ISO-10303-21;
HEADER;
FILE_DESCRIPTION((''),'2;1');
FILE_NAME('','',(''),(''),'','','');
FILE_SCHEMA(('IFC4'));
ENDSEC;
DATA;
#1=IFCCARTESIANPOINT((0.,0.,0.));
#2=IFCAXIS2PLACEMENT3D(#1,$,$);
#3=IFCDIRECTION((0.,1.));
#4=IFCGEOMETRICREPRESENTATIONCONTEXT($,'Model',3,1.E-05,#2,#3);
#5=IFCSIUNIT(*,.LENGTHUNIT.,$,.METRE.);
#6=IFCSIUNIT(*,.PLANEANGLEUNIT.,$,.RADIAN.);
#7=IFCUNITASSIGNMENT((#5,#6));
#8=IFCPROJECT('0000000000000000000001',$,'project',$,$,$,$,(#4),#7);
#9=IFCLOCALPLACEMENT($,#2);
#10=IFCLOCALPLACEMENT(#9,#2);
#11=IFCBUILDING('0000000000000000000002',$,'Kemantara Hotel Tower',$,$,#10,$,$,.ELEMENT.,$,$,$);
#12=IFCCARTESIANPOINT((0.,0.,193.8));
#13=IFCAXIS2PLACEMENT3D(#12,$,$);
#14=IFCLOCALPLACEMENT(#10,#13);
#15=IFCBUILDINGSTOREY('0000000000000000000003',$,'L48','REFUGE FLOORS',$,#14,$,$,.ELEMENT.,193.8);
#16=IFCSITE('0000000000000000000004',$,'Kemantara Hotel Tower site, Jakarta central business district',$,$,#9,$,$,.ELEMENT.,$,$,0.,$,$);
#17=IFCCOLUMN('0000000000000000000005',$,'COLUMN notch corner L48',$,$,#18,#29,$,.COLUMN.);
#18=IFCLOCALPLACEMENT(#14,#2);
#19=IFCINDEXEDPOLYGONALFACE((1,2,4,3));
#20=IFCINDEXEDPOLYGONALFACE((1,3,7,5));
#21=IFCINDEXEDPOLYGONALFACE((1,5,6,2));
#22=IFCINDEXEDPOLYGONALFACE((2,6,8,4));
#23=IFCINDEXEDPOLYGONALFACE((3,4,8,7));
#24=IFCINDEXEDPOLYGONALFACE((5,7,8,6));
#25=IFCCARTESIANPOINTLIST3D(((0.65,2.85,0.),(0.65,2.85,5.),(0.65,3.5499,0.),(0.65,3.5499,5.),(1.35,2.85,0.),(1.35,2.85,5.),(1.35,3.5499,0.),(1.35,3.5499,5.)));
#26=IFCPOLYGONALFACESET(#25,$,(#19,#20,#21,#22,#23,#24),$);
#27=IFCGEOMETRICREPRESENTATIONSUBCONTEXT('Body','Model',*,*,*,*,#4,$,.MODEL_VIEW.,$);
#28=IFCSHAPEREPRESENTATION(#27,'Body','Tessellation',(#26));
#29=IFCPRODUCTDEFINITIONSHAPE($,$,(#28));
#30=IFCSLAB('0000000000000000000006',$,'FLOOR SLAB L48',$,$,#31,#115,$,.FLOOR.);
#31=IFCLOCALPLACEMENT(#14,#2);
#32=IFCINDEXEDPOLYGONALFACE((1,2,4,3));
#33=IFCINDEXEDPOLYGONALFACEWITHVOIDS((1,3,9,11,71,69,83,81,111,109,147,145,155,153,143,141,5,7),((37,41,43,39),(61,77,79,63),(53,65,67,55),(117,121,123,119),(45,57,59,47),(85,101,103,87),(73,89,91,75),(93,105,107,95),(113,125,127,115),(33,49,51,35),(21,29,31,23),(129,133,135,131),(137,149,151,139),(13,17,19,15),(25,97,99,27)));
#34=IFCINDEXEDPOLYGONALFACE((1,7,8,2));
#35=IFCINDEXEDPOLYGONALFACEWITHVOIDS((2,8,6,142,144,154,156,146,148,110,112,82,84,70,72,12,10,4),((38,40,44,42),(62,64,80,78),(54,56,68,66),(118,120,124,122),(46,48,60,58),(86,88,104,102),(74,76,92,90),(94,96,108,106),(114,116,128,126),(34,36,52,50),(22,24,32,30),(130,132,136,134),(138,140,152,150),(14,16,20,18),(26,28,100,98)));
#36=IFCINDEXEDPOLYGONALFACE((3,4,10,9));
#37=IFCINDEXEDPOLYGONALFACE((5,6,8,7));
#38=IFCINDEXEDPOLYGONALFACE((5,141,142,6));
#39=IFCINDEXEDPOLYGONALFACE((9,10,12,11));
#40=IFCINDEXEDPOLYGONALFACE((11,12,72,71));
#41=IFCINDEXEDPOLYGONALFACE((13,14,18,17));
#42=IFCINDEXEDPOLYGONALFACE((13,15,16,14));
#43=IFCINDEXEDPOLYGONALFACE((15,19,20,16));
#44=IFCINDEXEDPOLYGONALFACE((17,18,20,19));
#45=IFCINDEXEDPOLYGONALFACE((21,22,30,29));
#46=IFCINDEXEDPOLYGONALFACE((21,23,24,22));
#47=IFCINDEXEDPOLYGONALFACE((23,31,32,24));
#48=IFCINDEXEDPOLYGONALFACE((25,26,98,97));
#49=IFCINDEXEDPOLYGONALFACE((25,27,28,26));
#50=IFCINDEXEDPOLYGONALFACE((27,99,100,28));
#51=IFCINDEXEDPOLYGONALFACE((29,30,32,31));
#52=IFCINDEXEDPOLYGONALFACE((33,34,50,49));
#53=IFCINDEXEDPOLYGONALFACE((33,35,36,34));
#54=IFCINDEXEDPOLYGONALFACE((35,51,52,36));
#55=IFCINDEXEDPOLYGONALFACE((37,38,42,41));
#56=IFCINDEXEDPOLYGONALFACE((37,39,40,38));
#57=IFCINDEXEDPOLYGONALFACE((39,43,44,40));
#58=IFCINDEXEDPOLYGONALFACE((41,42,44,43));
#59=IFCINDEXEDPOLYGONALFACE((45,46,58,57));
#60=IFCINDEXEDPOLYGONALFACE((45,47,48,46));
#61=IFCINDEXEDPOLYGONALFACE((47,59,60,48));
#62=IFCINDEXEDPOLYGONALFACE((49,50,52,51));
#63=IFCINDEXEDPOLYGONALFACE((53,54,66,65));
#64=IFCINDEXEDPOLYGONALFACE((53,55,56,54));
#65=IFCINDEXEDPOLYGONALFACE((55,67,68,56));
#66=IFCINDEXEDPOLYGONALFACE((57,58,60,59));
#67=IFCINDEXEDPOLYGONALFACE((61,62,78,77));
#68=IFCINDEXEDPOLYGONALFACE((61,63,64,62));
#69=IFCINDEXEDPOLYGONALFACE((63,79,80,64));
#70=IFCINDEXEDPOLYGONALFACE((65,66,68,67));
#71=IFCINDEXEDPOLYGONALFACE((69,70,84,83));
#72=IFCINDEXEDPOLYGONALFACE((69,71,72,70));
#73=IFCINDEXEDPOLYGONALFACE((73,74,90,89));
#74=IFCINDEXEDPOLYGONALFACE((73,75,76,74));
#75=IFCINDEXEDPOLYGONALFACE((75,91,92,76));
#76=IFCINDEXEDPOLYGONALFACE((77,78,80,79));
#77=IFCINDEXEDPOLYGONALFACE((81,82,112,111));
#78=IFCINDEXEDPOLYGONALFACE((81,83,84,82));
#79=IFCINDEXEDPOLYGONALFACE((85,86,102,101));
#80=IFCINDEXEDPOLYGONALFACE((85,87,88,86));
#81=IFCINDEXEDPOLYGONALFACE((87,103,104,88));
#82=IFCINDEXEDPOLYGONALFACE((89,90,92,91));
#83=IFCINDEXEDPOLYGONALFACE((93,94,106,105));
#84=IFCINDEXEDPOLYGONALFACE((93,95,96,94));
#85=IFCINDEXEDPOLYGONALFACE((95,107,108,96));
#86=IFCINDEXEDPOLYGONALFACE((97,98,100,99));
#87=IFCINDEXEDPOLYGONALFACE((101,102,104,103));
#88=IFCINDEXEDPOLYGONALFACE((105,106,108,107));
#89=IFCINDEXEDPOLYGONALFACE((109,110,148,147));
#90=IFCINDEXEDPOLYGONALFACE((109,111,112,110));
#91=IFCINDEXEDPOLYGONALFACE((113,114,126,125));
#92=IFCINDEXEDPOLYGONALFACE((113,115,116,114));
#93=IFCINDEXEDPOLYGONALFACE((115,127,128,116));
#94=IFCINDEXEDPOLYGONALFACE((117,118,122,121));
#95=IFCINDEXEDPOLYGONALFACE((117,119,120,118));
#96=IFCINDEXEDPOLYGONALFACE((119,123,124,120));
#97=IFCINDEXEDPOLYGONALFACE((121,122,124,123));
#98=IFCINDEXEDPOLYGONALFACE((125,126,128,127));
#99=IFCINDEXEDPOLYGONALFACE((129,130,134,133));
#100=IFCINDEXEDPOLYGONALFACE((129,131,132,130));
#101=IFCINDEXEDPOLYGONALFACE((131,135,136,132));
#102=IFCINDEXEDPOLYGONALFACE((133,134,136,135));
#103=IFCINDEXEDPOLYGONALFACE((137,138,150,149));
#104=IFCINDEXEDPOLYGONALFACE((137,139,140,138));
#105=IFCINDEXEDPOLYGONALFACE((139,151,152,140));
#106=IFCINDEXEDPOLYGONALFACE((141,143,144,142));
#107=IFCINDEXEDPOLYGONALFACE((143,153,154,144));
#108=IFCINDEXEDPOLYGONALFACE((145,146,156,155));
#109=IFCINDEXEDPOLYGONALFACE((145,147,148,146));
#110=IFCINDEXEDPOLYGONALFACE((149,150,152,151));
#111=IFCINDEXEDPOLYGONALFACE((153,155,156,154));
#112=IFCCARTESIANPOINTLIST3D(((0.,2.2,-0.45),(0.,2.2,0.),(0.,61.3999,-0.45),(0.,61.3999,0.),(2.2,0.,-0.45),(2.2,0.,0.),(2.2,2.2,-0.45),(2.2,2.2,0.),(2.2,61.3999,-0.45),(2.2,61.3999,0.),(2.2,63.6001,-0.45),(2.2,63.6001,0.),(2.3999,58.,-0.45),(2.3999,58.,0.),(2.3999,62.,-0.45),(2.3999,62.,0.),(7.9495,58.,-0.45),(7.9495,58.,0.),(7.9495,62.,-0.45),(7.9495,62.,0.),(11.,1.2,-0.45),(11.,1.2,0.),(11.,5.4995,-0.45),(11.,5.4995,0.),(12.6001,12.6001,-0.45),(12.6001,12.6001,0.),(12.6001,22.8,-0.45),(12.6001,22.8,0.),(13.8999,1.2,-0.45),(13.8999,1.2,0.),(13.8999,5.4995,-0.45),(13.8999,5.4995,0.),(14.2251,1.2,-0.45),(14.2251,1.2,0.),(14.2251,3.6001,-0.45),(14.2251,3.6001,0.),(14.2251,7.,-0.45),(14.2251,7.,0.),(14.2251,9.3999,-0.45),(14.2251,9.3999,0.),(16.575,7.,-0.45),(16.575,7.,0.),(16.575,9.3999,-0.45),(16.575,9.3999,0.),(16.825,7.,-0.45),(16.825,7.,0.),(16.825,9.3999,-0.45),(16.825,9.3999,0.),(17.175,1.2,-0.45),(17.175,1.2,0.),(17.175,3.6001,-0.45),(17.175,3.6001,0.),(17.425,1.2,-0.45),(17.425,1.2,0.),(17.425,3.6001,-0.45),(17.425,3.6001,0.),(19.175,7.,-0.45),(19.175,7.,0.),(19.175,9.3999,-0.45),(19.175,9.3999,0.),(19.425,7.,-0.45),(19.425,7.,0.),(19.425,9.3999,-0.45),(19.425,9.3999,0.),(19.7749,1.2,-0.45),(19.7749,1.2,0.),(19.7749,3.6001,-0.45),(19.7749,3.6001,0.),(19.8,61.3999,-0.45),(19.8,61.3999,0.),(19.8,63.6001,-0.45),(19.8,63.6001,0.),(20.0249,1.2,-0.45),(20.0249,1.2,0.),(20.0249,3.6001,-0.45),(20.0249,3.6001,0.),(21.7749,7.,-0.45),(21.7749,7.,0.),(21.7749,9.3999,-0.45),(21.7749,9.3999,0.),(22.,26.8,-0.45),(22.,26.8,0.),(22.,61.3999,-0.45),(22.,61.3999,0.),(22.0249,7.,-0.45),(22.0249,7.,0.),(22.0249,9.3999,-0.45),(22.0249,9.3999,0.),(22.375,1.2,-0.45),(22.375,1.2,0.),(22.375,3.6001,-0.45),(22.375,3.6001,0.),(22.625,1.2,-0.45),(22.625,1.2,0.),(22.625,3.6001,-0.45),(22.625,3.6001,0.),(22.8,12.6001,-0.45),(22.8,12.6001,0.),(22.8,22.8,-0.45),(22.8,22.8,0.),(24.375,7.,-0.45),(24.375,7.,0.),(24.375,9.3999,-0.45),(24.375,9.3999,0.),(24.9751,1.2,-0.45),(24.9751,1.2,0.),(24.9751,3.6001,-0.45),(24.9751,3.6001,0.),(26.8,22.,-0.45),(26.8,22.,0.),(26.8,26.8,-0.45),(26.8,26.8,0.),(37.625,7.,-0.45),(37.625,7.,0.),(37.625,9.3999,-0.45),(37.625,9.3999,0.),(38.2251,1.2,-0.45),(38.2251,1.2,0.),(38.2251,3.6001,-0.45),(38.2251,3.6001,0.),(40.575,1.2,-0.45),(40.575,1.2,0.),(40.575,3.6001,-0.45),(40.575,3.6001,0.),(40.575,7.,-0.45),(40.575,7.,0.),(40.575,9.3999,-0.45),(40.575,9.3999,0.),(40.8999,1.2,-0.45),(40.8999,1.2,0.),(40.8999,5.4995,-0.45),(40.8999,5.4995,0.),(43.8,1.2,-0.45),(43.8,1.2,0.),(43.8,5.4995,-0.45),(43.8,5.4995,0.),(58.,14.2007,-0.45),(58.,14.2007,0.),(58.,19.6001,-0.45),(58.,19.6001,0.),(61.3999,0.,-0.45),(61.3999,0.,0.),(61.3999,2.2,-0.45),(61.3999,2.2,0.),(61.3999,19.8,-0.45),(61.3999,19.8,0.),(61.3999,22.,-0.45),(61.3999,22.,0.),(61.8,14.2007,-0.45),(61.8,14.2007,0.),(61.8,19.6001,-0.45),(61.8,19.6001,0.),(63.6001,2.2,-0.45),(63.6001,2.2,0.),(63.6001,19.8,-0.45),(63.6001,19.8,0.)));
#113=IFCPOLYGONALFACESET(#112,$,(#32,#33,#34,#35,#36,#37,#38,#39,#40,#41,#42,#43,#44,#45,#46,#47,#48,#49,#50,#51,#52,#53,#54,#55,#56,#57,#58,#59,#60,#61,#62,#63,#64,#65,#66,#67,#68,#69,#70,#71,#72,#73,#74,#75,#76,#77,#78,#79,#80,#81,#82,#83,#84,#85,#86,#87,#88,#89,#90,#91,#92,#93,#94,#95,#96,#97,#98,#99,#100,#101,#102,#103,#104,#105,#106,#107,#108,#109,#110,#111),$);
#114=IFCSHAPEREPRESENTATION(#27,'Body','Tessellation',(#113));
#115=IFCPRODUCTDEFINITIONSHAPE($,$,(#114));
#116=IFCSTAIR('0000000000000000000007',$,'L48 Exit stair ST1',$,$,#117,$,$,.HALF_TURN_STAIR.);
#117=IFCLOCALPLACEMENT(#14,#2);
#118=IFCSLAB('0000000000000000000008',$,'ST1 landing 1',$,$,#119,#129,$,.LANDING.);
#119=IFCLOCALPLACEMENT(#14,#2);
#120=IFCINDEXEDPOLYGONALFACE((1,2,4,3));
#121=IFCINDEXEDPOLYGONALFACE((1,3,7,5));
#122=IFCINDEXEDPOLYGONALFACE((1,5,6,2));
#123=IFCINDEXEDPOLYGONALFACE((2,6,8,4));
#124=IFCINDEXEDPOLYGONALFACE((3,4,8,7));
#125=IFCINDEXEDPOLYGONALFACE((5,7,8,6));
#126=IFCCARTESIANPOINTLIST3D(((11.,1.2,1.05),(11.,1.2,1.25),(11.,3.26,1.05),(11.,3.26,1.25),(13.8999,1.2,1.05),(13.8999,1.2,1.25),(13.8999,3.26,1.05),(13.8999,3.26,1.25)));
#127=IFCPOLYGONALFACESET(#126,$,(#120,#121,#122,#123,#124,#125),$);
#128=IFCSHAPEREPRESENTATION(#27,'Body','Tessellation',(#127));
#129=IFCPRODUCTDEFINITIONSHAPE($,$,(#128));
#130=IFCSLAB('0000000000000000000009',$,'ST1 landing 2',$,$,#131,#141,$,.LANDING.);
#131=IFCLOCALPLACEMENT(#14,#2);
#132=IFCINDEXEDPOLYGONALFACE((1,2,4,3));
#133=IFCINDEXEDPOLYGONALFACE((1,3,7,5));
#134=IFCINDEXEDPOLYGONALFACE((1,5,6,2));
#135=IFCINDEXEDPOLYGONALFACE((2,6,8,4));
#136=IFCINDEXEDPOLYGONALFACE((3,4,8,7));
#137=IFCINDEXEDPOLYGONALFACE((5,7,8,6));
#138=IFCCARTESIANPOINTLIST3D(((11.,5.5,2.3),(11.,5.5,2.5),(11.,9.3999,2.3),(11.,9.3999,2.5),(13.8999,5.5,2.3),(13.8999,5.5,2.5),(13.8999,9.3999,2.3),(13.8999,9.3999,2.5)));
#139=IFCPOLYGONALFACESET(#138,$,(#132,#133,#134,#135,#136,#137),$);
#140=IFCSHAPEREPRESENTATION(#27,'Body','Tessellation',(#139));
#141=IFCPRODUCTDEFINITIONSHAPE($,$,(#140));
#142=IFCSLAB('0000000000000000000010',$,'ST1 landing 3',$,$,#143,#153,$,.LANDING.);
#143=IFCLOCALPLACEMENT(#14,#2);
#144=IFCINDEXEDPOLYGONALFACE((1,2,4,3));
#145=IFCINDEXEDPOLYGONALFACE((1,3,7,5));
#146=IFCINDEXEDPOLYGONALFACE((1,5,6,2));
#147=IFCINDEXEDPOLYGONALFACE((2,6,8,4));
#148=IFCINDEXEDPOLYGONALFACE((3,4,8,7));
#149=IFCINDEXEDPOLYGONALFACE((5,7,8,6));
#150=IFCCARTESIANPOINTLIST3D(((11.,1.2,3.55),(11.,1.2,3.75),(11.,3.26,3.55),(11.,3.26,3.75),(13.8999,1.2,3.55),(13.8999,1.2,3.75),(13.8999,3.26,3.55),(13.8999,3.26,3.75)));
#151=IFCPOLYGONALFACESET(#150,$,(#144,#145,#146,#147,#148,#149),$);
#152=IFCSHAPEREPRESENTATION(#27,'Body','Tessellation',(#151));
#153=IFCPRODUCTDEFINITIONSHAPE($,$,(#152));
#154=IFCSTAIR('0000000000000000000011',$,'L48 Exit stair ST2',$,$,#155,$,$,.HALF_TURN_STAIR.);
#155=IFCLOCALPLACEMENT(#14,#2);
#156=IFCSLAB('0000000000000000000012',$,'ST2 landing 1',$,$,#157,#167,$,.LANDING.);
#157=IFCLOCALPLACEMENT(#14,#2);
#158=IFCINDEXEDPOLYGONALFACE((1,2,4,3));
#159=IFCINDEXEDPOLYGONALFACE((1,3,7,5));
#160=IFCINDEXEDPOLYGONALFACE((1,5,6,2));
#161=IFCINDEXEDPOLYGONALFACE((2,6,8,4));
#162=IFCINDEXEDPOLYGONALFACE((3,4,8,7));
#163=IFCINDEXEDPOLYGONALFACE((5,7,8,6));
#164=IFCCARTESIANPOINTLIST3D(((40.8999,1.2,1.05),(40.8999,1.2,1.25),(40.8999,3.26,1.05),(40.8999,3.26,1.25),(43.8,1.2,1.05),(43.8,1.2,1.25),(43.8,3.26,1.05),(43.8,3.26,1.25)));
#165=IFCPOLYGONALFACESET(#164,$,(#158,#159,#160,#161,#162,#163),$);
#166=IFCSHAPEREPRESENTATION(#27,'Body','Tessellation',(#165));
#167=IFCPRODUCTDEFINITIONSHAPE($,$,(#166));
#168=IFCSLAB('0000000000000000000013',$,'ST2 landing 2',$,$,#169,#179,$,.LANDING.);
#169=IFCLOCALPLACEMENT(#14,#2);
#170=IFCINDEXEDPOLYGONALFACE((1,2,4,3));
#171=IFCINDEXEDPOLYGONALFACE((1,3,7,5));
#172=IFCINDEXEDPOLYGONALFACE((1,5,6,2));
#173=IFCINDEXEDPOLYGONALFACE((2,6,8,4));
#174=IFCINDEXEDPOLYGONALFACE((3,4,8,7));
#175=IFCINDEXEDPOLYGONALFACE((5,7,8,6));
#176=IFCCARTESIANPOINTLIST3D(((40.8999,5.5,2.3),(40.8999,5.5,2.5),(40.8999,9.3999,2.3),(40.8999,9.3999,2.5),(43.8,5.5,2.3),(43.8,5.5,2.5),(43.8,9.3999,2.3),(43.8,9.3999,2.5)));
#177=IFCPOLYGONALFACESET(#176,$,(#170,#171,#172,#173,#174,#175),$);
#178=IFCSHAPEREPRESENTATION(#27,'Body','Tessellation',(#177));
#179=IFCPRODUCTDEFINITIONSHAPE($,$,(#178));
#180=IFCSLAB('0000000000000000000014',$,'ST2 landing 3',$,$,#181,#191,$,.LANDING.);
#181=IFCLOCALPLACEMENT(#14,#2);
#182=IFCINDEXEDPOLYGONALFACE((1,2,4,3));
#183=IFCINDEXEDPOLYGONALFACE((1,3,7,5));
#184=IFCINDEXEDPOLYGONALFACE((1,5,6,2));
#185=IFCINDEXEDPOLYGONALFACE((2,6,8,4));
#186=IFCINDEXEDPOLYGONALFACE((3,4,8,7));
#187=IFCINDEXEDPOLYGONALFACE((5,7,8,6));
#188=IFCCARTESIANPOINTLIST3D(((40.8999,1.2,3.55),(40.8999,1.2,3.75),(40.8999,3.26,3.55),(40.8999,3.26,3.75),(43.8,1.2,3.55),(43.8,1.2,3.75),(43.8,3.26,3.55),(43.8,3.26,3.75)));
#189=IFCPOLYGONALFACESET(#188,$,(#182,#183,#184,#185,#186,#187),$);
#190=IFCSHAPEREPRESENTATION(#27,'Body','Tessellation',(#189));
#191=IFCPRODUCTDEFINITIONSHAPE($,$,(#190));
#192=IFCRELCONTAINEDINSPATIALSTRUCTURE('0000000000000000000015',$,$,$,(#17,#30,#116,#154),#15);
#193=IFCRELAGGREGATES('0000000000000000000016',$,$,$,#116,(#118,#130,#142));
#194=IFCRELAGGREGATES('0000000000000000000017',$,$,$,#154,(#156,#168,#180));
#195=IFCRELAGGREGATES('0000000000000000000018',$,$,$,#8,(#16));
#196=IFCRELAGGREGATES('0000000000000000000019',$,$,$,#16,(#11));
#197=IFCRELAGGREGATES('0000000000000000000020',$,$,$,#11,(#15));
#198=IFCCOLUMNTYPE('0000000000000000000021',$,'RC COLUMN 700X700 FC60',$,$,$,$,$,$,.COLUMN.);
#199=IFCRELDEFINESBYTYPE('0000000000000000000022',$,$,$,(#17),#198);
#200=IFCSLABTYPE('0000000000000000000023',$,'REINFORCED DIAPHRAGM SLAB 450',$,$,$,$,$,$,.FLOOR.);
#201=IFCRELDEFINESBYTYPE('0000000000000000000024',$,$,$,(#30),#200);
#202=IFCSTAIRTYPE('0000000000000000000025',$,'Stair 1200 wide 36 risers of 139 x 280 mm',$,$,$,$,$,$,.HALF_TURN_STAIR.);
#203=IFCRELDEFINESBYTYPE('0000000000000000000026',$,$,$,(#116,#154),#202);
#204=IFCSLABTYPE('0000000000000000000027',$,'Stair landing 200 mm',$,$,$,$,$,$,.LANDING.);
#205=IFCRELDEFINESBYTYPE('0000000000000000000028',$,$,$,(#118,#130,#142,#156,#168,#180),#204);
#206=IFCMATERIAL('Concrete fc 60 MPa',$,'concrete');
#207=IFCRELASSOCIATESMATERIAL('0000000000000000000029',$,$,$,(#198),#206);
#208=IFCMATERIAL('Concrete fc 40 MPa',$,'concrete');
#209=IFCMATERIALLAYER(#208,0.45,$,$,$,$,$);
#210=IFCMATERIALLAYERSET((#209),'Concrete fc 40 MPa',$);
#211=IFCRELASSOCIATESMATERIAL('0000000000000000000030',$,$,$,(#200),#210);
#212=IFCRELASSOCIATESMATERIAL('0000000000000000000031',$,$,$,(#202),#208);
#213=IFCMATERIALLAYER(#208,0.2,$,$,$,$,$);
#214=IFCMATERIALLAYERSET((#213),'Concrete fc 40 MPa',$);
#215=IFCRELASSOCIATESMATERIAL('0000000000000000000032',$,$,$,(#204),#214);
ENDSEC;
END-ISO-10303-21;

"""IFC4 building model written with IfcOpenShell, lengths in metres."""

from ifc_helpers import new_model, si_unit, direction, frame, origin, origin_2d, place, context, subcontext, project, spatial, polyline, rectangle, outline, extrude, material, layer, layer_set, material_profile, profile_set, type_object, element, aggregate, save


model = new_model("IFC4")

# Units and contexts
model_context = context("Model", 3, precision=1e-05, world=origin(), true_north=direction((0.0, 1.0)))
body_context = subcontext(model_context, "Body", "Model", "MODEL_VIEW")
ifc_project = project(units=[si_unit("LENGTHUNIT", "METRE"), si_unit("PLANEANGLEUNIT", "RADIAN")], contexts=[model_context])

# Site, building, storey
site_placement = place(None, origin())
site = spatial("IfcSite", under=ifc_project, at=site_placement, Name="Kemantara Hotel Tower site, Jakarta central business district", CompositionType="ELEMENT", RefElevation=0.0)
building_placement = place(site_placement, origin())
building = spatial("IfcBuilding", under=site, at=building_placement, Name="Kemantara Hotel Tower", CompositionType="ELEMENT")
storey_placement = place(building_placement, frame((0.0, 0.0, 193.8)))
storey = spatial("IfcBuildingStorey", under=building, at=storey_placement, Name="L48", Description="REFUGE FLOORS", CompositionType="ELEMENT", Elevation=193.8)

# Column
ifc_material_1 = material(Name="Concrete fc 60 MPa", Category="concrete")
ifc_material_profile = material_profile(ifc_material_1, rectangle(XDim=0.7, YDim=0.7, at=origin_2d()), Name="RC 700X700")
ifc_profile_set = profile_set([ifc_material_profile], Name="Concrete fc 60 MPa")
column_type = type_object("IfcColumnType", Name="RC COLUMN 700X700 FC60", PredefinedType="COLUMN", material=ifc_profile_set)
column_placement = place(storey_placement, frame((1.0, 3.2, 0.0), z_axis=(0.0, 0.0, 1.0), x_axis=(1.0, 0.0, 0.0)))
element("IfcColumn", 1, at=column_placement, inside=storey, type_object=column_type, Name="COLUMN notch corner L48", PredefinedType="COLUMN", context=body_context, shape_type="SweptSolid", body=[
    extrude(rectangle(XDim=0.7, YDim=0.7, at=origin_2d()), origin(), (0.0, 0.0, 1.0), 5.0),
])

# Slab
ifc_material_2 = material(Name="Concrete fc 40 MPa", Category="concrete")
ifc_layer_1 = layer(ifc_material_2, 0.45)
ifc_layer_set_1 = layer_set([ifc_layer_1], Name="Concrete fc 40 MPa")
slab_type_1 = type_object("IfcSlabType", Name="REINFORCED DIAPHRAGM SLAB 450", PredefinedType="FLOOR", material=ifc_layer_set_1)
slab_1_placement = place(storey_placement, frame((0.0, 0.0, -0.45)))
element("IfcSlab", 2, at=slab_1_placement, inside=storey, type_object=slab_type_1, Name="FLOOR SLAB L48", PredefinedType="FLOOR", context=body_context, shape_type="SweptSolid", body=[
    extrude(outline(polyline([(22.0, 26.8), (22.0, 61.3999), (19.8, 61.3999), (19.8, 63.6001), (2.2, 63.6001), (2.2, 61.3999), (0.0, 61.3999), (0.0, 2.2), (2.2, 2.2), (2.2, 0.0), (61.3999, 0.0), (61.3999, 2.2), (63.6001, 2.2), (63.6001, 19.8), (61.3999, 19.8), (61.3999, 22.0), (26.8, 22.0), (26.8, 26.8), (22.0, 26.8)]), holes=[polyline([(17.175, 3.6001), (17.175, 1.2), (14.2251, 1.2), (14.2251, 3.6001), (17.175, 3.6001)]), polyline([(19.7749, 1.2), (17.425, 1.2), (17.425, 3.6001), (19.7749, 3.6001), (19.7749, 1.2)]), polyline([(11.0, 1.2), (11.0, 5.4995), (13.8999, 5.4995), (13.8999, 1.2), (11.0, 1.2)]), polyline([(16.575, 7.0), (14.2251, 7.0), (14.2251, 9.3999), (16.575, 9.3999), (16.575, 7.0)]), polyline([(19.175, 7.0), (16.825, 7.0), (16.825, 9.3999), (19.175, 9.3999), (19.175, 7.0)]), polyline([(21.7749, 7.0), (19.425, 7.0), (19.425, 9.3999), (21.7749, 9.3999), (21.7749, 7.0)]), polyline([(22.8, 12.6001), (12.6001, 12.6001), (12.6001, 22.8), (22.8, 22.8), (22.8, 12.6001)]), polyline([(2.3999, 62.0), (7.9495, 62.0), (7.9495, 58.0), (2.3999, 58.0), (2.3999, 62.0)]), polyline([(22.375, 1.2), (20.0249, 1.2), (20.0249, 3.6001), (22.375, 3.6001), (22.375, 1.2)]), polyline([(24.9751, 1.2), (22.625, 1.2), (22.625, 3.6001), (24.9751, 3.6001), (24.9751, 1.2)]), polyline([(40.575, 1.2), (38.2251, 1.2), (38.2251, 3.6001), (40.575, 3.6001), (40.575, 1.2)]), polyline([(40.8999, 1.2), (40.8999, 5.4995), (43.8, 5.4995), (43.8, 1.2), (40.8999, 1.2)]), polyline([(24.375, 7.0), (22.0249, 7.0), (22.0249, 9.3999), (24.375, 9.3999), (24.375, 7.0)]), polyline([(40.575, 7.0), (37.625, 7.0), (37.625, 9.3999), (40.575, 9.3999), (40.575, 7.0)]), polyline([(61.8, 19.6001), (61.8, 14.2007), (58.0, 14.2007), (58.0, 19.6001), (61.8, 19.6001)])]), origin(), (0.0, 0.0, 1.0), 0.45),
])

# Stairs, slabs
stair_type_1 = type_object("IfcStairType", Name="Stair 1200 wide 36 risers of 139 x 280 mm", PredefinedType="HALF_TURN_STAIR", material=ifc_material_2)
stair_1_placement = place(storey_placement, origin())
stair_1 = element("IfcStair", 3, at=stair_1_placement, inside=storey, type_object=stair_type_1, Name="L48 Exit stair ST1", PredefinedType="HALF_TURN_STAIR")
ifc_layer_2 = layer(ifc_material_2, 0.2)
ifc_layer_set_2 = layer_set([ifc_layer_2], Name="Concrete fc 40 MPa")
slab_type_2 = type_object("IfcSlabType", Name="Stair landing 200 mm", PredefinedType="LANDING", material=ifc_layer_set_2)
slab_2_placement = place(storey_placement, frame((0.0, 0.0, 1.05)))
slab_2 = element("IfcSlab", 4, at=slab_2_placement, type_object=slab_type_2, Name="ST1 landing 1", PredefinedType="LANDING", context=body_context, shape_type="SweptSolid", body=[
    extrude(outline(polyline([(11.0, 3.26), (11.0, 1.2), (13.8999, 1.2), (13.8999, 3.26), (11.0, 3.26)])), origin(), (0.0, 0.0, 1.0), 0.2),
])
slab_3_placement = place(storey_placement, frame((0.0, 0.0, 2.3)))
slab_3 = element("IfcSlab", 5, at=slab_3_placement, type_object=slab_type_2, Name="ST1 landing 2", PredefinedType="LANDING", context=body_context, shape_type="SweptSolid", body=[
    extrude(outline(polyline([(11.0, 9.3999), (11.0, 5.5), (13.8999, 5.5), (13.8999, 9.3999), (11.0, 9.3999)])), origin(), (0.0, 0.0, 1.0), 0.2),
])
slab_4_placement = place(storey_placement, frame((0.0, 0.0, 3.55)))
slab_4 = element("IfcSlab", 6, at=slab_4_placement, type_object=slab_type_2, Name="ST1 landing 3", PredefinedType="LANDING", context=body_context, shape_type="SweptSolid", body=[
    extrude(outline(polyline([(11.0, 3.26), (11.0, 1.2), (13.8999, 1.2), (13.8999, 3.26), (11.0, 3.26)])), origin(), (0.0, 0.0, 1.0), 0.2),
])
aggregate(stair_1, [slab_2, slab_3, slab_4])
stair_2_placement = place(storey_placement, origin())
stair_2 = element("IfcStair", 7, at=stair_2_placement, inside=storey, type_object=stair_type_1, Name="L48 Exit stair ST2", PredefinedType="HALF_TURN_STAIR")
slab_5_placement = place(storey_placement, frame((0.0, 0.0, 1.05)))
slab_5 = element("IfcSlab", 8, at=slab_5_placement, type_object=slab_type_2, Name="ST2 landing 1", PredefinedType="LANDING", context=body_context, shape_type="SweptSolid", body=[
    extrude(outline(polyline([(40.8999, 3.26), (40.8999, 1.2), (43.8, 1.2), (43.8, 3.26), (40.8999, 3.26)])), origin(), (0.0, 0.0, 1.0), 0.2),
])
slab_6_placement = place(storey_placement, frame((0.0, 0.0, 2.3)))
slab_6 = element("IfcSlab", 9, at=slab_6_placement, type_object=slab_type_2, Name="ST2 landing 2", PredefinedType="LANDING", context=body_context, shape_type="SweptSolid", body=[
    extrude(outline(polyline([(40.8999, 9.3999), (40.8999, 5.5), (43.8, 5.5), (43.8, 9.3999), (40.8999, 9.3999)])), origin(), (0.0, 0.0, 1.0), 0.2),
])
slab_7_placement = place(storey_placement, frame((0.0, 0.0, 3.55)))
slab_7 = element("IfcSlab", 10, at=slab_7_placement, type_object=slab_type_2, Name="ST2 landing 3", PredefinedType="LANDING", context=body_context, shape_type="SweptSolid", body=[
    extrude(outline(polyline([(40.8999, 3.26), (40.8999, 1.2), (43.8, 1.2), (43.8, 3.26), (40.8999, 3.26)])), origin(), (0.0, 0.0, 1.0), 0.2),
])
aggregate(stair_2, [slab_5, slab_6, slab_7])

save(model, "model.ifc")
